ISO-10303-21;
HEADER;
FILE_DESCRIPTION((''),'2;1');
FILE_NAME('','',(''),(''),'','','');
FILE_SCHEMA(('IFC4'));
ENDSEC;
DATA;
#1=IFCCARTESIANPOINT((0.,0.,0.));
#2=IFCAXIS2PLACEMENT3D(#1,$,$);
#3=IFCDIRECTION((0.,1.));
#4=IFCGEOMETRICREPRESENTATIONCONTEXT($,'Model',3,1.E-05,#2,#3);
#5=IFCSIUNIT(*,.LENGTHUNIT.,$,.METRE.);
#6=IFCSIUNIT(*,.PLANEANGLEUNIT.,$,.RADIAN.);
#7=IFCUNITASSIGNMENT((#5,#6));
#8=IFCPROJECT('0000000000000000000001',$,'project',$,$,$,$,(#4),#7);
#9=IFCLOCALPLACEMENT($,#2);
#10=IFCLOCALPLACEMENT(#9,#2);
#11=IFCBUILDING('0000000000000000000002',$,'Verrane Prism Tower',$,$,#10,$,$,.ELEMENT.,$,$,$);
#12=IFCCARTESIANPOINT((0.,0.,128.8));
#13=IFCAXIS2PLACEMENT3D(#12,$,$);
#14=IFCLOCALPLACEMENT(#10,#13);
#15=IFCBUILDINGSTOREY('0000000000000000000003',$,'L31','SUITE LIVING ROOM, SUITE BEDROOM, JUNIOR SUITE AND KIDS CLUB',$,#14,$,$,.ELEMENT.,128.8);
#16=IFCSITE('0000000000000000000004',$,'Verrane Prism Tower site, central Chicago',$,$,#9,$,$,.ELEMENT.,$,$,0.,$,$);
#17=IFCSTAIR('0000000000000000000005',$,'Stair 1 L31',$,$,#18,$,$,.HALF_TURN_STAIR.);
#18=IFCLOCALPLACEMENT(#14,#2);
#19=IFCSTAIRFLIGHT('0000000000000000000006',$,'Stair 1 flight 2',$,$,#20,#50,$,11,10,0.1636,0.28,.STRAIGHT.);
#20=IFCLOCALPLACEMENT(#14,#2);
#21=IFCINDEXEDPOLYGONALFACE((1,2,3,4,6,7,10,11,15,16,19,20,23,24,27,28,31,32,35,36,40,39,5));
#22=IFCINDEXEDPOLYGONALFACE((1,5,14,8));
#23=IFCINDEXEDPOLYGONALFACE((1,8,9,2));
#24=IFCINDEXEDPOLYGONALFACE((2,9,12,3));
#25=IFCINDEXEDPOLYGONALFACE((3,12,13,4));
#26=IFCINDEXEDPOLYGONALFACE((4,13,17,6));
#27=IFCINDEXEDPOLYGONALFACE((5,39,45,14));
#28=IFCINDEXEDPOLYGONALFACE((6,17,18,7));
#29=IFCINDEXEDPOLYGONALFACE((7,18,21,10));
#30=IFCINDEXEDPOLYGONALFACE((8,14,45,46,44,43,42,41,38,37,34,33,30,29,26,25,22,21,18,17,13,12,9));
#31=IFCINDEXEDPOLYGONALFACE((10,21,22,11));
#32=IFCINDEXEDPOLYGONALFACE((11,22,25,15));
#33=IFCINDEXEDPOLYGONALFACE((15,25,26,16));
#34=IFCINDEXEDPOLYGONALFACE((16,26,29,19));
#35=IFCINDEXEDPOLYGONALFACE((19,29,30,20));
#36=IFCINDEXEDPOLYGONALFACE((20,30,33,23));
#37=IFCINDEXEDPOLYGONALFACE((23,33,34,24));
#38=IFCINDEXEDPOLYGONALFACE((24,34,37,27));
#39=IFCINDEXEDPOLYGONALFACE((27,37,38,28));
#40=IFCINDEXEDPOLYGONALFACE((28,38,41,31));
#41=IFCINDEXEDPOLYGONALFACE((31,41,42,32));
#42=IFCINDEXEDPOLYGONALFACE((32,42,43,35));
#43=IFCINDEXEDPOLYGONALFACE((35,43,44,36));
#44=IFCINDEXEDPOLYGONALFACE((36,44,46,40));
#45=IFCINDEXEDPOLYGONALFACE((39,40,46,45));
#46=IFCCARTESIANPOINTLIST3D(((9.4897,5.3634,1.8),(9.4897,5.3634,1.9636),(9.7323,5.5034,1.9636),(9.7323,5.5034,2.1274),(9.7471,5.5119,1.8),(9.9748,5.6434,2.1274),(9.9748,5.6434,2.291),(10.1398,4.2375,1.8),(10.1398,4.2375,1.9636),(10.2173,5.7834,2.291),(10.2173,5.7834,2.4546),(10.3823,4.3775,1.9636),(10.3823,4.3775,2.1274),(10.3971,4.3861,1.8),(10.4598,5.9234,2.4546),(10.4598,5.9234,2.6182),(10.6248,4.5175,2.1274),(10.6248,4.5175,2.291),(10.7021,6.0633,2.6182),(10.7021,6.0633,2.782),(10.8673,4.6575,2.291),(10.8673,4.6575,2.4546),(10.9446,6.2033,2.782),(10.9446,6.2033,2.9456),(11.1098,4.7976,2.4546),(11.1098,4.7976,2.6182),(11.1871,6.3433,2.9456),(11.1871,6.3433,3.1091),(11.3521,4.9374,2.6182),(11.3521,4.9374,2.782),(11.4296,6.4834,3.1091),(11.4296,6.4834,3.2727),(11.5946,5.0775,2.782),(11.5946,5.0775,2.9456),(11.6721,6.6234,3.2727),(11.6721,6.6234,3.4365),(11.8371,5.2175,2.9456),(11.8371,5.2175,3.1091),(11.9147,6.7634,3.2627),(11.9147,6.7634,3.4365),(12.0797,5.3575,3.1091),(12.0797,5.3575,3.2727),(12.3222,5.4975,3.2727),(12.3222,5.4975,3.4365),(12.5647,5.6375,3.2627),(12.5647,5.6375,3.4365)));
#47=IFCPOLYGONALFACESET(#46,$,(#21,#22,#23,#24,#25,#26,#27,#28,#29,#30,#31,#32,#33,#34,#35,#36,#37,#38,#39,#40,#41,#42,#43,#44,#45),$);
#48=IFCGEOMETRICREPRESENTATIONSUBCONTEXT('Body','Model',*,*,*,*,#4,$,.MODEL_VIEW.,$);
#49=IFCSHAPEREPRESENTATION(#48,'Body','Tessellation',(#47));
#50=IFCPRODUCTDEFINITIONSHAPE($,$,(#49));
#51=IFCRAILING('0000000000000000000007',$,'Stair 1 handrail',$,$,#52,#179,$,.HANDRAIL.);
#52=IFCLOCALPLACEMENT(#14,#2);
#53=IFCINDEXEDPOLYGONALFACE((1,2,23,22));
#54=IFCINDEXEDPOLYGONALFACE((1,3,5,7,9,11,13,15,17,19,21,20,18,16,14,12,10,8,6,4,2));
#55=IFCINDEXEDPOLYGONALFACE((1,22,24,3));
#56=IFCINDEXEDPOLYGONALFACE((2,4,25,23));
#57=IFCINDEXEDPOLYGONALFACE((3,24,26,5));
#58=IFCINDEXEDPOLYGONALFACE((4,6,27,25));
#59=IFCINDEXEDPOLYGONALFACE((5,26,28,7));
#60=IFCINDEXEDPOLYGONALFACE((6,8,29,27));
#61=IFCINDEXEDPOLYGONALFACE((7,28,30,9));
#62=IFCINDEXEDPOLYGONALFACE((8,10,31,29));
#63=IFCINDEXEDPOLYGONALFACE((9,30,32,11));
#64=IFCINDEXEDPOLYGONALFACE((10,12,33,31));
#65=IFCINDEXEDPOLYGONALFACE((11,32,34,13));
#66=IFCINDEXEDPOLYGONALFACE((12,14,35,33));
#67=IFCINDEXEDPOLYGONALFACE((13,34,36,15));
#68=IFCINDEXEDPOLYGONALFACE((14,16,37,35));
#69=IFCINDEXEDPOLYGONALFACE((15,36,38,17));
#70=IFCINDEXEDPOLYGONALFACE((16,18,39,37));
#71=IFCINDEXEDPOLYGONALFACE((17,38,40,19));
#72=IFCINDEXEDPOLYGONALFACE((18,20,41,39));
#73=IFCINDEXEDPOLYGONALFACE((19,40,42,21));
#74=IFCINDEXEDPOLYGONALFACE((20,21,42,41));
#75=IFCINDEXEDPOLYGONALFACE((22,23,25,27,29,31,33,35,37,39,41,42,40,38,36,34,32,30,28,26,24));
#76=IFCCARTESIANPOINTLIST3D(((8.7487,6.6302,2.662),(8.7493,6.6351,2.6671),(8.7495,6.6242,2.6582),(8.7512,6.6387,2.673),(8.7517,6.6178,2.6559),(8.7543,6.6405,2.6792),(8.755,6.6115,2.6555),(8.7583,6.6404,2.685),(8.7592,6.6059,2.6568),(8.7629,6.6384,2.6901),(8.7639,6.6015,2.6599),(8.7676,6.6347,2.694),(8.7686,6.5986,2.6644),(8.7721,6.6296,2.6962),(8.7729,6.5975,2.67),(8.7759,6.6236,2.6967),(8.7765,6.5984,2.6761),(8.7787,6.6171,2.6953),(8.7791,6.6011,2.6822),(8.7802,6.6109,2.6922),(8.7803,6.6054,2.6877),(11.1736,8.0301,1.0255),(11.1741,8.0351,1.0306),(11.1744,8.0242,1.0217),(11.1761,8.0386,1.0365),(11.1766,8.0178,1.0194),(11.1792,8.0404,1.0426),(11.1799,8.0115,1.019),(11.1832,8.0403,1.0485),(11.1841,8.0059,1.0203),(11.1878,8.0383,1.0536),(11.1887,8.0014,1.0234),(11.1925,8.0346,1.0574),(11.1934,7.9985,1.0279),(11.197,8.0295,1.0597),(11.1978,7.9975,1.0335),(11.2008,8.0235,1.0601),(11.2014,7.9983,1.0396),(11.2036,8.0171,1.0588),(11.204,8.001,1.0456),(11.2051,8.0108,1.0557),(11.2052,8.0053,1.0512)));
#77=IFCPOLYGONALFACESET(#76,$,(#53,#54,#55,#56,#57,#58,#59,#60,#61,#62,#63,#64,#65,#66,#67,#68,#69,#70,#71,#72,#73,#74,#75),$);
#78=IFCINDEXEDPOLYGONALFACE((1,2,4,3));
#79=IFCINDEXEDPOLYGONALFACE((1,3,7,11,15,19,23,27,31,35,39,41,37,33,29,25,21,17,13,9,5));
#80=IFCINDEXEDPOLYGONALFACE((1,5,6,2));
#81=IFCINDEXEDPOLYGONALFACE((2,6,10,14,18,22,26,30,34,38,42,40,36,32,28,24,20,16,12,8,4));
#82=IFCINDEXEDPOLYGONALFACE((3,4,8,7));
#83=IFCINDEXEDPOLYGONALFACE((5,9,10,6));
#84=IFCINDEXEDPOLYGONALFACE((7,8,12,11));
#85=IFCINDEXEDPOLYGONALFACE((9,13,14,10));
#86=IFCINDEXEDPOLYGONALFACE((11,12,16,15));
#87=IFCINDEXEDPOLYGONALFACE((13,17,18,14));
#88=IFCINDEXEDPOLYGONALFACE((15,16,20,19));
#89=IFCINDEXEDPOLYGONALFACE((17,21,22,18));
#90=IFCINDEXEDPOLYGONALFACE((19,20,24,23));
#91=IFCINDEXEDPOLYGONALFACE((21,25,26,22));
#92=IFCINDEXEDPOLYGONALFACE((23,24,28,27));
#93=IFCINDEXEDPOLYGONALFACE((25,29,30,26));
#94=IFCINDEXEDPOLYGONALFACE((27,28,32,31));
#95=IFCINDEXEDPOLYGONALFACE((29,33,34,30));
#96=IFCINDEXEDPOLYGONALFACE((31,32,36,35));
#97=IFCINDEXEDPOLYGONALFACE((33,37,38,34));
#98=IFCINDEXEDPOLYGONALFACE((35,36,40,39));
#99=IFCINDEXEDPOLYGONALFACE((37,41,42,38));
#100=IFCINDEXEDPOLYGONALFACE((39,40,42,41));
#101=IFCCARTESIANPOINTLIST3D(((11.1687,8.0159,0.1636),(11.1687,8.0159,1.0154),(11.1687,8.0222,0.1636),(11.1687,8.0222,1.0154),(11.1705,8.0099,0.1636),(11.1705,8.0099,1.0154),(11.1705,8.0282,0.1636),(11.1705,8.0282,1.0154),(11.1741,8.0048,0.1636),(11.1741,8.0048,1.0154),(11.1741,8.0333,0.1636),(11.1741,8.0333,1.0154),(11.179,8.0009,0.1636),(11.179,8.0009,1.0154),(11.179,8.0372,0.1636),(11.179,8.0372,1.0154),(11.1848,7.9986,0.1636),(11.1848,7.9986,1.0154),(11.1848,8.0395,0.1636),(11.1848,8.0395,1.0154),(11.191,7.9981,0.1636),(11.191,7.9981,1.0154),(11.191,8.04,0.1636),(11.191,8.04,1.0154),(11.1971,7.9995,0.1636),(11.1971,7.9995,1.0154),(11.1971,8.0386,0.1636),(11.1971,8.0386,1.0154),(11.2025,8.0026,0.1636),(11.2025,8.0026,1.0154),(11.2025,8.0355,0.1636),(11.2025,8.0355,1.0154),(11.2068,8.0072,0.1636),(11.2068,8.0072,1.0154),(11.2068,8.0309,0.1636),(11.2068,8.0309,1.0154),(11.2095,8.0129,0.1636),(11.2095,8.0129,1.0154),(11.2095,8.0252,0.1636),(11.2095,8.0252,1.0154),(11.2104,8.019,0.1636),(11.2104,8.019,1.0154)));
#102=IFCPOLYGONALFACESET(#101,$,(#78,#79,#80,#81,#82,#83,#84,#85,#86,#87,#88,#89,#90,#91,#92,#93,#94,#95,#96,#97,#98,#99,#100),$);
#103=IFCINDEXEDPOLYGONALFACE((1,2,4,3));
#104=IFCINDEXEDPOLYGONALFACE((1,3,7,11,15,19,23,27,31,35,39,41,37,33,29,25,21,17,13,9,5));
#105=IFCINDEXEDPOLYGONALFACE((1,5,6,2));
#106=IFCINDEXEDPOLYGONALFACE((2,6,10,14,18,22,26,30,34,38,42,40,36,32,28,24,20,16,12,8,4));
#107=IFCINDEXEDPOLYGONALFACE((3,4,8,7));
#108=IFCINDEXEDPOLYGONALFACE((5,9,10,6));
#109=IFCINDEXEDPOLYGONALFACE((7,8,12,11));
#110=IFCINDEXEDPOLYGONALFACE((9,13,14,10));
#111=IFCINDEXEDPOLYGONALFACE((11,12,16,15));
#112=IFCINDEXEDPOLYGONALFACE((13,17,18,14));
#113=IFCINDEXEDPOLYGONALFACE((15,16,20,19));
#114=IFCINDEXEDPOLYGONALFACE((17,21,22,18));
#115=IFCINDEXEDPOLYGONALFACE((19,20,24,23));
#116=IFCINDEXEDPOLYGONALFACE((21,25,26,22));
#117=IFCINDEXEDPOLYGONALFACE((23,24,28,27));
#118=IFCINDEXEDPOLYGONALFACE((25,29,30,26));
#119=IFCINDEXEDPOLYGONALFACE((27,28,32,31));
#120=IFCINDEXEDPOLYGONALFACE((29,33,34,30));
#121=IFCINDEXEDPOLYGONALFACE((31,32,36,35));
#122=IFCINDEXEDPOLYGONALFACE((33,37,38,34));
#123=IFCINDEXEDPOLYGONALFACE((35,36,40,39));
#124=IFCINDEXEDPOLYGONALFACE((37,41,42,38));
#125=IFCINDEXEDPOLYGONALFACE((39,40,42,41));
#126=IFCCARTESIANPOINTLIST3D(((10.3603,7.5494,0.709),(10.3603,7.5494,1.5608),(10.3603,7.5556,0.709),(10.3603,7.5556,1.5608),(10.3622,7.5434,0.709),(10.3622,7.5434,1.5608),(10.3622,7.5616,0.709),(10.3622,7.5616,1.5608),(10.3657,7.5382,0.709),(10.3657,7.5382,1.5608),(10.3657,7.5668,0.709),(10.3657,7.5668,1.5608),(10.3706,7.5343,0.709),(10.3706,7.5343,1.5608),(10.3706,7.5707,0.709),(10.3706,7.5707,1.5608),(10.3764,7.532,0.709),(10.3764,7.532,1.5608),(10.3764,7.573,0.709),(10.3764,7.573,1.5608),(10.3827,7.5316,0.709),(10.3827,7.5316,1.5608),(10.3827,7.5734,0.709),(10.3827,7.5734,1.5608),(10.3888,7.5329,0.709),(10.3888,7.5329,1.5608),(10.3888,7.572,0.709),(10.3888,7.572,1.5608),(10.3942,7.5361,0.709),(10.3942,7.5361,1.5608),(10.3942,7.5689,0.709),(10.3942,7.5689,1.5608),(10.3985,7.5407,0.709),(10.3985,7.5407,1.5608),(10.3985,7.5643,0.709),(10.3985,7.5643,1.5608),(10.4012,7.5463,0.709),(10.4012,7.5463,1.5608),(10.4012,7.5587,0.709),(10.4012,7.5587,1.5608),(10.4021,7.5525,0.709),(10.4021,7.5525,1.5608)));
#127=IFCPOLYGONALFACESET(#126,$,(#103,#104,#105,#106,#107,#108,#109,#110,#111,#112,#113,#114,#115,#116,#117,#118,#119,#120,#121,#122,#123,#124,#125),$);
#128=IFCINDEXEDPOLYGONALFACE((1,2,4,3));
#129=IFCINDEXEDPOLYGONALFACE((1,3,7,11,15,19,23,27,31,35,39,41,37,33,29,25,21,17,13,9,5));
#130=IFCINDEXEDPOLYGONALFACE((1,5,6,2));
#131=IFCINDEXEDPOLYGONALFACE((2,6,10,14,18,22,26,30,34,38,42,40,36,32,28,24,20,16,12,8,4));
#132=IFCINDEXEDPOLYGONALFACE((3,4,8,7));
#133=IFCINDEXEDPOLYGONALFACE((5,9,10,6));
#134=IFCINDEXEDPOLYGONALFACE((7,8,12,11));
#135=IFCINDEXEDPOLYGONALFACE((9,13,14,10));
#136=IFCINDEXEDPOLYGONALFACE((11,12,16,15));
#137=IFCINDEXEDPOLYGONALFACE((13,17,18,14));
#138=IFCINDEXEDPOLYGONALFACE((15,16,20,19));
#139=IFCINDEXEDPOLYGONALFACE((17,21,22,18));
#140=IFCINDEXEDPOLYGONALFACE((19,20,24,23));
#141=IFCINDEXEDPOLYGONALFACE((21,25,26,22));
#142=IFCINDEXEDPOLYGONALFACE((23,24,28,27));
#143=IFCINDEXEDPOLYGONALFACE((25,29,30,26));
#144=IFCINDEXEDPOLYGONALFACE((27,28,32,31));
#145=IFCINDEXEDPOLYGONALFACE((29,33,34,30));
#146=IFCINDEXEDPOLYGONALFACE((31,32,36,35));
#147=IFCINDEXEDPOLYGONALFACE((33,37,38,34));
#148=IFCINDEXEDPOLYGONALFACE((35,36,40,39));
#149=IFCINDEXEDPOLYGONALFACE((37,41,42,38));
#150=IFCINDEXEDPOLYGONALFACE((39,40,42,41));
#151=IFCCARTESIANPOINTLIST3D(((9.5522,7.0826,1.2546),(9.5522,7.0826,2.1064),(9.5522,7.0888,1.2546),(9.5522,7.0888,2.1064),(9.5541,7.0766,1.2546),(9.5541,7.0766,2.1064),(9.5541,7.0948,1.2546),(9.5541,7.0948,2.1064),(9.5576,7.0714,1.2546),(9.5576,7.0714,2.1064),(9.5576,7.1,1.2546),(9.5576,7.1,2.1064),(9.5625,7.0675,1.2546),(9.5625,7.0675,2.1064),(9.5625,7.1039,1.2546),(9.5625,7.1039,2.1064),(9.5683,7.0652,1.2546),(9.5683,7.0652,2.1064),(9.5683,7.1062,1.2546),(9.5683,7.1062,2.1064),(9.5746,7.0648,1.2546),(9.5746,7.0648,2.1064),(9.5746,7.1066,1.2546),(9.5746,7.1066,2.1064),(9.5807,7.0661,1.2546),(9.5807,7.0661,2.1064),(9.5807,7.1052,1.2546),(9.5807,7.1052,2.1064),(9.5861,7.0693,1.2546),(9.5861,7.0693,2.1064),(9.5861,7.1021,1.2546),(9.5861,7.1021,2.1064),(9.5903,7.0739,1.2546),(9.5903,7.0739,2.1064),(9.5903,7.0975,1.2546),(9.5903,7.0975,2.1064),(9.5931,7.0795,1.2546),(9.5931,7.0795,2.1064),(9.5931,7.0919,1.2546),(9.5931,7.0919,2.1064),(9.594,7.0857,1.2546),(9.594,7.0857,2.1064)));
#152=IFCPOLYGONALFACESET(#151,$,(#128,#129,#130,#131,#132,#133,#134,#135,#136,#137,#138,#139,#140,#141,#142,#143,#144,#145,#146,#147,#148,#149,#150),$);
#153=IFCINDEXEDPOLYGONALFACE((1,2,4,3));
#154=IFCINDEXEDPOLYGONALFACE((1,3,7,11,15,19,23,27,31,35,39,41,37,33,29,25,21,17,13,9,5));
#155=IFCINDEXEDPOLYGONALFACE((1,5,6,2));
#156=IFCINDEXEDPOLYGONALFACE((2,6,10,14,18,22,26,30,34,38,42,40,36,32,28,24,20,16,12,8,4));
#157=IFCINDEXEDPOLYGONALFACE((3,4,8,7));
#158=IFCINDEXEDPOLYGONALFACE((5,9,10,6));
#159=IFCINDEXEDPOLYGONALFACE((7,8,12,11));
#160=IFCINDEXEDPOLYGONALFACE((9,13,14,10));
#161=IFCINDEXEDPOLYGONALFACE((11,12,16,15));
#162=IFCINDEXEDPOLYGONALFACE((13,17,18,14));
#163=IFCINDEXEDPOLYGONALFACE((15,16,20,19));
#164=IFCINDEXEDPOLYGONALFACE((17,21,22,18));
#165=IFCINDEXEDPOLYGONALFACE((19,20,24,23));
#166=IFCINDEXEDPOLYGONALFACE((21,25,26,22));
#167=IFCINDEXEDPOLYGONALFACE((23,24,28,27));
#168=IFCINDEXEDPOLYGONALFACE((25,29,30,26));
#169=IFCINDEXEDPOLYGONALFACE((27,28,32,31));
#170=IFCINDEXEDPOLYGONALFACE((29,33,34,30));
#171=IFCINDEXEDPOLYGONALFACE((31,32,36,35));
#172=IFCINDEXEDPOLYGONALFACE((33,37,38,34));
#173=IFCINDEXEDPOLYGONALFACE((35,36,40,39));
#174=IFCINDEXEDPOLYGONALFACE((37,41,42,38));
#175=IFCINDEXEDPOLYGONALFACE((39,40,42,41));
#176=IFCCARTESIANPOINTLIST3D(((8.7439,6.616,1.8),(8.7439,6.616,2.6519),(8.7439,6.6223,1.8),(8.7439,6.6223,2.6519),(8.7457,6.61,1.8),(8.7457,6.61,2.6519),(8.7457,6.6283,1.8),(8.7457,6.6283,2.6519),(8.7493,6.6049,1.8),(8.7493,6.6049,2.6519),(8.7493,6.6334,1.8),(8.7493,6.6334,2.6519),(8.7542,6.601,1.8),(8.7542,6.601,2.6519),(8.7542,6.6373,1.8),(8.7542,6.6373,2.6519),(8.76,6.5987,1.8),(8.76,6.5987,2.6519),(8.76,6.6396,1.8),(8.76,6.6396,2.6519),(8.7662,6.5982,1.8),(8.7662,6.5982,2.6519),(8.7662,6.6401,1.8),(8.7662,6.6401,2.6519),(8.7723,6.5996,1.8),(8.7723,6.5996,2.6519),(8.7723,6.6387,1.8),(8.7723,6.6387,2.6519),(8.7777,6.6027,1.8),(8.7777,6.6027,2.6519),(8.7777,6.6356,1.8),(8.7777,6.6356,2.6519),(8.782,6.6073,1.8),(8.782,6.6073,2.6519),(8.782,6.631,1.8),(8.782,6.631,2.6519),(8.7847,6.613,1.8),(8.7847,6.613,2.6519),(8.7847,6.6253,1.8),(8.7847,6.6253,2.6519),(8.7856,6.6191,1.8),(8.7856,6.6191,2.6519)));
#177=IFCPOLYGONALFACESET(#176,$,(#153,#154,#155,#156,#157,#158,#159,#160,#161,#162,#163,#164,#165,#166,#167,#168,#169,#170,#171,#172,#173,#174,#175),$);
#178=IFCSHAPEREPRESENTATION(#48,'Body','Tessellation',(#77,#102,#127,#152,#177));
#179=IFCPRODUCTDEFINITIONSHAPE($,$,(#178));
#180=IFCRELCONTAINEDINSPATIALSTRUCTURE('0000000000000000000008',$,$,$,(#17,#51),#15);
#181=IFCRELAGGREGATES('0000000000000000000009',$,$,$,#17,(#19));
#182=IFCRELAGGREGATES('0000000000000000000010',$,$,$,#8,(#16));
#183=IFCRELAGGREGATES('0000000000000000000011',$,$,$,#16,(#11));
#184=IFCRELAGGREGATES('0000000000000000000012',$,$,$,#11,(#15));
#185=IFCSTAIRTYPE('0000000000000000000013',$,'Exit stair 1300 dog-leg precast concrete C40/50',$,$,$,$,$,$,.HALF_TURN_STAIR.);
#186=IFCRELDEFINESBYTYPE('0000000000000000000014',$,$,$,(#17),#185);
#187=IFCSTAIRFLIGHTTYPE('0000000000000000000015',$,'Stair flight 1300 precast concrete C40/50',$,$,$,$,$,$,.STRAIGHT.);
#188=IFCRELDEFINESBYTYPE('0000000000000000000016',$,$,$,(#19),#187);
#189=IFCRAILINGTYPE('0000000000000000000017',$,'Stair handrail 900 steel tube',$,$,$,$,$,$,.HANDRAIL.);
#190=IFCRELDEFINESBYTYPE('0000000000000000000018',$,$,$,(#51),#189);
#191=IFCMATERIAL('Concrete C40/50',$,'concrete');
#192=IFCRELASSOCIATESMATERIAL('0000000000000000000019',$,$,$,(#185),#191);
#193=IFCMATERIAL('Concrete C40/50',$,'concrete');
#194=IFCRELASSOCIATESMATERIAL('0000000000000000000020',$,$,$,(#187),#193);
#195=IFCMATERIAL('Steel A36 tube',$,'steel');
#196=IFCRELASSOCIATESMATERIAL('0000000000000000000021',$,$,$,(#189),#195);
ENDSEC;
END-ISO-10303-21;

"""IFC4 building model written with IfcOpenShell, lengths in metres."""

from ifc_helpers import new_model, si_unit, direction, frame, origin, origin_2d, place, context, subcontext, project, spatial, polyline, circle, outline, extrude, material, type_object, element, aggregate, save


model = new_model("IFC4")

# Units and contexts
model_context = context("Model", 3, precision=1e-05, world=origin(), true_north=direction((0.0, 1.0)))
body_context = subcontext(model_context, "Body", "Model", "MODEL_VIEW")
ifc_project = project(units=[si_unit("LENGTHUNIT", "METRE"), si_unit("PLANEANGLEUNIT", "RADIAN")], contexts=[model_context])

# Site, building, storey
site_placement = place(None, origin())
site = spatial("IfcSite", under=ifc_project, at=site_placement, Name="Verrane Prism Tower site, central Chicago", CompositionType="ELEMENT", RefElevation=0.0)
building_placement = place(site_placement, origin())
building = spatial("IfcBuilding", under=site, at=building_placement, Name="Verrane Prism Tower", CompositionType="ELEMENT")
storey_placement = place(building_placement, frame((0.0, 0.0, 128.8)))
storey = spatial("IfcBuildingStorey", under=building, at=storey_placement, Name="L31", Description="SUITE LIVING ROOM, SUITE BEDROOM, JUNIOR SUITE AND KIDS CLUB", CompositionType="ELEMENT", Elevation=128.8)

# Stair, stair flight
ifc_material_1 = material(Name="Concrete C40/50", Category="concrete")
stair_type = type_object("IfcStairType", Name="Exit stair 1300 dog-leg precast concrete C40/50", PredefinedType="HALF_TURN_STAIR", material=ifc_material_1)
stair_placement = place(storey_placement, origin())
stair = element("IfcStair", 1, at=stair_placement, inside=storey, type_object=stair_type, Name="Stair 1 L31", PredefinedType="HALF_TURN_STAIR")
ifc_material_2 = material(Name="Concrete C40/50", Category="concrete")
stair_flight_type = type_object("IfcStairFlightType", Name="Stair flight 1300 precast concrete C40/50", PredefinedType="STRAIGHT", material=ifc_material_2)
stair_flight_1_placement = place(storey_placement, frame((9.8147, 4.8005, 1.8), z_axis=(0.0, 0.0, 1.0), x_axis=(0.866025, 0.5, 0.0)))
stair_flight_1 = element("IfcStairFlight", 2, at=stair_flight_1_placement, type_object=stair_flight_type, Name="Stair 1 flight 2", NumberOfRisers=11, NumberOfTreads=10, PredefinedType="STRAIGHT", RiserHeight=0.1636, TreadLength=0.28, context=body_context, shape_type="SweptSolid", body=[
    extrude(outline(polyline([(0.0, 0.0), (0.0, 0.1636), (0.28, 0.1636), (0.28, 0.3274), (0.5601, 0.3274), (0.5601, 0.491), (0.8401, 0.491), (0.8401, 0.6545), (1.1201, 0.6545), (1.1201, 0.8181), (1.3999, 0.8181), (1.3999, 0.9819), (1.6799, 0.9819), (1.6799, 1.1455), (1.96, 1.1455), (1.96, 1.3091), (2.24, 1.3091), (2.24, 1.4727), (2.52, 1.4727), (2.52, 1.6365), (2.8, 1.6365), (2.8, 1.8), (2.8, 1.4626), (0.2971, 0.0), (0.0, 0.0)])), frame((0.0, 0.6499, 0.0), z_axis=(0.0, -1.0, 0.0), x_axis=(1.0, 0.0, 0.0)), (0.0, 0.0, 1.0), 1.3),
])
aggregate(stair, [stair_flight_1])

# Railing
ifc_material_3 = material(Name="Steel A36 tube", Category="steel")
railing_type_1 = type_object("IfcRailingType", Name="Stair handrail 900 steel tube", PredefinedType="HANDRAIL", material=ifc_material_3)
railing_1_placement = place(storey_placement, frame((11.1895, 8.019, 0.1636)))
element("IfcRailing", 3, at=railing_1_placement, inside=storey, type_object=railing_type_1, Name="Stair 1 handrail", PredefinedType="HANDRAIL", context=body_context, shape_type="SweptSolid", body=[
    extrude(circle(Radius=0.0239, at=origin_2d()), frame((0.0, 0.0, 0.876), z_axis=(-0.74769, -0.431661, 0.504608), x_axis=(0.499984, -0.866035, 0.0)), (0.0, 0.0, 1.0), 3.2432),
    extrude(circle(Radius=0.021, at=origin_2d()), origin(), (0.0, 0.0, 1.0), 0.8518),
    extrude(circle(Radius=0.021, at=origin_2d()), frame((-0.8083, -0.4666, 0.5454)), (0.0, 0.0, 1.0), 0.8518),
    extrude(circle(Radius=0.021, at=origin_2d()), frame((-1.6165, -0.9333, 1.0911)), (0.0, 0.0, 1.0), 0.8518),
    extrude(circle(Radius=0.021, at=origin_2d()), frame((-2.4248, -1.3999, 1.6365)), (0.0, 0.0, 1.0), 0.8518),
])

save(model, "model.ifc")
